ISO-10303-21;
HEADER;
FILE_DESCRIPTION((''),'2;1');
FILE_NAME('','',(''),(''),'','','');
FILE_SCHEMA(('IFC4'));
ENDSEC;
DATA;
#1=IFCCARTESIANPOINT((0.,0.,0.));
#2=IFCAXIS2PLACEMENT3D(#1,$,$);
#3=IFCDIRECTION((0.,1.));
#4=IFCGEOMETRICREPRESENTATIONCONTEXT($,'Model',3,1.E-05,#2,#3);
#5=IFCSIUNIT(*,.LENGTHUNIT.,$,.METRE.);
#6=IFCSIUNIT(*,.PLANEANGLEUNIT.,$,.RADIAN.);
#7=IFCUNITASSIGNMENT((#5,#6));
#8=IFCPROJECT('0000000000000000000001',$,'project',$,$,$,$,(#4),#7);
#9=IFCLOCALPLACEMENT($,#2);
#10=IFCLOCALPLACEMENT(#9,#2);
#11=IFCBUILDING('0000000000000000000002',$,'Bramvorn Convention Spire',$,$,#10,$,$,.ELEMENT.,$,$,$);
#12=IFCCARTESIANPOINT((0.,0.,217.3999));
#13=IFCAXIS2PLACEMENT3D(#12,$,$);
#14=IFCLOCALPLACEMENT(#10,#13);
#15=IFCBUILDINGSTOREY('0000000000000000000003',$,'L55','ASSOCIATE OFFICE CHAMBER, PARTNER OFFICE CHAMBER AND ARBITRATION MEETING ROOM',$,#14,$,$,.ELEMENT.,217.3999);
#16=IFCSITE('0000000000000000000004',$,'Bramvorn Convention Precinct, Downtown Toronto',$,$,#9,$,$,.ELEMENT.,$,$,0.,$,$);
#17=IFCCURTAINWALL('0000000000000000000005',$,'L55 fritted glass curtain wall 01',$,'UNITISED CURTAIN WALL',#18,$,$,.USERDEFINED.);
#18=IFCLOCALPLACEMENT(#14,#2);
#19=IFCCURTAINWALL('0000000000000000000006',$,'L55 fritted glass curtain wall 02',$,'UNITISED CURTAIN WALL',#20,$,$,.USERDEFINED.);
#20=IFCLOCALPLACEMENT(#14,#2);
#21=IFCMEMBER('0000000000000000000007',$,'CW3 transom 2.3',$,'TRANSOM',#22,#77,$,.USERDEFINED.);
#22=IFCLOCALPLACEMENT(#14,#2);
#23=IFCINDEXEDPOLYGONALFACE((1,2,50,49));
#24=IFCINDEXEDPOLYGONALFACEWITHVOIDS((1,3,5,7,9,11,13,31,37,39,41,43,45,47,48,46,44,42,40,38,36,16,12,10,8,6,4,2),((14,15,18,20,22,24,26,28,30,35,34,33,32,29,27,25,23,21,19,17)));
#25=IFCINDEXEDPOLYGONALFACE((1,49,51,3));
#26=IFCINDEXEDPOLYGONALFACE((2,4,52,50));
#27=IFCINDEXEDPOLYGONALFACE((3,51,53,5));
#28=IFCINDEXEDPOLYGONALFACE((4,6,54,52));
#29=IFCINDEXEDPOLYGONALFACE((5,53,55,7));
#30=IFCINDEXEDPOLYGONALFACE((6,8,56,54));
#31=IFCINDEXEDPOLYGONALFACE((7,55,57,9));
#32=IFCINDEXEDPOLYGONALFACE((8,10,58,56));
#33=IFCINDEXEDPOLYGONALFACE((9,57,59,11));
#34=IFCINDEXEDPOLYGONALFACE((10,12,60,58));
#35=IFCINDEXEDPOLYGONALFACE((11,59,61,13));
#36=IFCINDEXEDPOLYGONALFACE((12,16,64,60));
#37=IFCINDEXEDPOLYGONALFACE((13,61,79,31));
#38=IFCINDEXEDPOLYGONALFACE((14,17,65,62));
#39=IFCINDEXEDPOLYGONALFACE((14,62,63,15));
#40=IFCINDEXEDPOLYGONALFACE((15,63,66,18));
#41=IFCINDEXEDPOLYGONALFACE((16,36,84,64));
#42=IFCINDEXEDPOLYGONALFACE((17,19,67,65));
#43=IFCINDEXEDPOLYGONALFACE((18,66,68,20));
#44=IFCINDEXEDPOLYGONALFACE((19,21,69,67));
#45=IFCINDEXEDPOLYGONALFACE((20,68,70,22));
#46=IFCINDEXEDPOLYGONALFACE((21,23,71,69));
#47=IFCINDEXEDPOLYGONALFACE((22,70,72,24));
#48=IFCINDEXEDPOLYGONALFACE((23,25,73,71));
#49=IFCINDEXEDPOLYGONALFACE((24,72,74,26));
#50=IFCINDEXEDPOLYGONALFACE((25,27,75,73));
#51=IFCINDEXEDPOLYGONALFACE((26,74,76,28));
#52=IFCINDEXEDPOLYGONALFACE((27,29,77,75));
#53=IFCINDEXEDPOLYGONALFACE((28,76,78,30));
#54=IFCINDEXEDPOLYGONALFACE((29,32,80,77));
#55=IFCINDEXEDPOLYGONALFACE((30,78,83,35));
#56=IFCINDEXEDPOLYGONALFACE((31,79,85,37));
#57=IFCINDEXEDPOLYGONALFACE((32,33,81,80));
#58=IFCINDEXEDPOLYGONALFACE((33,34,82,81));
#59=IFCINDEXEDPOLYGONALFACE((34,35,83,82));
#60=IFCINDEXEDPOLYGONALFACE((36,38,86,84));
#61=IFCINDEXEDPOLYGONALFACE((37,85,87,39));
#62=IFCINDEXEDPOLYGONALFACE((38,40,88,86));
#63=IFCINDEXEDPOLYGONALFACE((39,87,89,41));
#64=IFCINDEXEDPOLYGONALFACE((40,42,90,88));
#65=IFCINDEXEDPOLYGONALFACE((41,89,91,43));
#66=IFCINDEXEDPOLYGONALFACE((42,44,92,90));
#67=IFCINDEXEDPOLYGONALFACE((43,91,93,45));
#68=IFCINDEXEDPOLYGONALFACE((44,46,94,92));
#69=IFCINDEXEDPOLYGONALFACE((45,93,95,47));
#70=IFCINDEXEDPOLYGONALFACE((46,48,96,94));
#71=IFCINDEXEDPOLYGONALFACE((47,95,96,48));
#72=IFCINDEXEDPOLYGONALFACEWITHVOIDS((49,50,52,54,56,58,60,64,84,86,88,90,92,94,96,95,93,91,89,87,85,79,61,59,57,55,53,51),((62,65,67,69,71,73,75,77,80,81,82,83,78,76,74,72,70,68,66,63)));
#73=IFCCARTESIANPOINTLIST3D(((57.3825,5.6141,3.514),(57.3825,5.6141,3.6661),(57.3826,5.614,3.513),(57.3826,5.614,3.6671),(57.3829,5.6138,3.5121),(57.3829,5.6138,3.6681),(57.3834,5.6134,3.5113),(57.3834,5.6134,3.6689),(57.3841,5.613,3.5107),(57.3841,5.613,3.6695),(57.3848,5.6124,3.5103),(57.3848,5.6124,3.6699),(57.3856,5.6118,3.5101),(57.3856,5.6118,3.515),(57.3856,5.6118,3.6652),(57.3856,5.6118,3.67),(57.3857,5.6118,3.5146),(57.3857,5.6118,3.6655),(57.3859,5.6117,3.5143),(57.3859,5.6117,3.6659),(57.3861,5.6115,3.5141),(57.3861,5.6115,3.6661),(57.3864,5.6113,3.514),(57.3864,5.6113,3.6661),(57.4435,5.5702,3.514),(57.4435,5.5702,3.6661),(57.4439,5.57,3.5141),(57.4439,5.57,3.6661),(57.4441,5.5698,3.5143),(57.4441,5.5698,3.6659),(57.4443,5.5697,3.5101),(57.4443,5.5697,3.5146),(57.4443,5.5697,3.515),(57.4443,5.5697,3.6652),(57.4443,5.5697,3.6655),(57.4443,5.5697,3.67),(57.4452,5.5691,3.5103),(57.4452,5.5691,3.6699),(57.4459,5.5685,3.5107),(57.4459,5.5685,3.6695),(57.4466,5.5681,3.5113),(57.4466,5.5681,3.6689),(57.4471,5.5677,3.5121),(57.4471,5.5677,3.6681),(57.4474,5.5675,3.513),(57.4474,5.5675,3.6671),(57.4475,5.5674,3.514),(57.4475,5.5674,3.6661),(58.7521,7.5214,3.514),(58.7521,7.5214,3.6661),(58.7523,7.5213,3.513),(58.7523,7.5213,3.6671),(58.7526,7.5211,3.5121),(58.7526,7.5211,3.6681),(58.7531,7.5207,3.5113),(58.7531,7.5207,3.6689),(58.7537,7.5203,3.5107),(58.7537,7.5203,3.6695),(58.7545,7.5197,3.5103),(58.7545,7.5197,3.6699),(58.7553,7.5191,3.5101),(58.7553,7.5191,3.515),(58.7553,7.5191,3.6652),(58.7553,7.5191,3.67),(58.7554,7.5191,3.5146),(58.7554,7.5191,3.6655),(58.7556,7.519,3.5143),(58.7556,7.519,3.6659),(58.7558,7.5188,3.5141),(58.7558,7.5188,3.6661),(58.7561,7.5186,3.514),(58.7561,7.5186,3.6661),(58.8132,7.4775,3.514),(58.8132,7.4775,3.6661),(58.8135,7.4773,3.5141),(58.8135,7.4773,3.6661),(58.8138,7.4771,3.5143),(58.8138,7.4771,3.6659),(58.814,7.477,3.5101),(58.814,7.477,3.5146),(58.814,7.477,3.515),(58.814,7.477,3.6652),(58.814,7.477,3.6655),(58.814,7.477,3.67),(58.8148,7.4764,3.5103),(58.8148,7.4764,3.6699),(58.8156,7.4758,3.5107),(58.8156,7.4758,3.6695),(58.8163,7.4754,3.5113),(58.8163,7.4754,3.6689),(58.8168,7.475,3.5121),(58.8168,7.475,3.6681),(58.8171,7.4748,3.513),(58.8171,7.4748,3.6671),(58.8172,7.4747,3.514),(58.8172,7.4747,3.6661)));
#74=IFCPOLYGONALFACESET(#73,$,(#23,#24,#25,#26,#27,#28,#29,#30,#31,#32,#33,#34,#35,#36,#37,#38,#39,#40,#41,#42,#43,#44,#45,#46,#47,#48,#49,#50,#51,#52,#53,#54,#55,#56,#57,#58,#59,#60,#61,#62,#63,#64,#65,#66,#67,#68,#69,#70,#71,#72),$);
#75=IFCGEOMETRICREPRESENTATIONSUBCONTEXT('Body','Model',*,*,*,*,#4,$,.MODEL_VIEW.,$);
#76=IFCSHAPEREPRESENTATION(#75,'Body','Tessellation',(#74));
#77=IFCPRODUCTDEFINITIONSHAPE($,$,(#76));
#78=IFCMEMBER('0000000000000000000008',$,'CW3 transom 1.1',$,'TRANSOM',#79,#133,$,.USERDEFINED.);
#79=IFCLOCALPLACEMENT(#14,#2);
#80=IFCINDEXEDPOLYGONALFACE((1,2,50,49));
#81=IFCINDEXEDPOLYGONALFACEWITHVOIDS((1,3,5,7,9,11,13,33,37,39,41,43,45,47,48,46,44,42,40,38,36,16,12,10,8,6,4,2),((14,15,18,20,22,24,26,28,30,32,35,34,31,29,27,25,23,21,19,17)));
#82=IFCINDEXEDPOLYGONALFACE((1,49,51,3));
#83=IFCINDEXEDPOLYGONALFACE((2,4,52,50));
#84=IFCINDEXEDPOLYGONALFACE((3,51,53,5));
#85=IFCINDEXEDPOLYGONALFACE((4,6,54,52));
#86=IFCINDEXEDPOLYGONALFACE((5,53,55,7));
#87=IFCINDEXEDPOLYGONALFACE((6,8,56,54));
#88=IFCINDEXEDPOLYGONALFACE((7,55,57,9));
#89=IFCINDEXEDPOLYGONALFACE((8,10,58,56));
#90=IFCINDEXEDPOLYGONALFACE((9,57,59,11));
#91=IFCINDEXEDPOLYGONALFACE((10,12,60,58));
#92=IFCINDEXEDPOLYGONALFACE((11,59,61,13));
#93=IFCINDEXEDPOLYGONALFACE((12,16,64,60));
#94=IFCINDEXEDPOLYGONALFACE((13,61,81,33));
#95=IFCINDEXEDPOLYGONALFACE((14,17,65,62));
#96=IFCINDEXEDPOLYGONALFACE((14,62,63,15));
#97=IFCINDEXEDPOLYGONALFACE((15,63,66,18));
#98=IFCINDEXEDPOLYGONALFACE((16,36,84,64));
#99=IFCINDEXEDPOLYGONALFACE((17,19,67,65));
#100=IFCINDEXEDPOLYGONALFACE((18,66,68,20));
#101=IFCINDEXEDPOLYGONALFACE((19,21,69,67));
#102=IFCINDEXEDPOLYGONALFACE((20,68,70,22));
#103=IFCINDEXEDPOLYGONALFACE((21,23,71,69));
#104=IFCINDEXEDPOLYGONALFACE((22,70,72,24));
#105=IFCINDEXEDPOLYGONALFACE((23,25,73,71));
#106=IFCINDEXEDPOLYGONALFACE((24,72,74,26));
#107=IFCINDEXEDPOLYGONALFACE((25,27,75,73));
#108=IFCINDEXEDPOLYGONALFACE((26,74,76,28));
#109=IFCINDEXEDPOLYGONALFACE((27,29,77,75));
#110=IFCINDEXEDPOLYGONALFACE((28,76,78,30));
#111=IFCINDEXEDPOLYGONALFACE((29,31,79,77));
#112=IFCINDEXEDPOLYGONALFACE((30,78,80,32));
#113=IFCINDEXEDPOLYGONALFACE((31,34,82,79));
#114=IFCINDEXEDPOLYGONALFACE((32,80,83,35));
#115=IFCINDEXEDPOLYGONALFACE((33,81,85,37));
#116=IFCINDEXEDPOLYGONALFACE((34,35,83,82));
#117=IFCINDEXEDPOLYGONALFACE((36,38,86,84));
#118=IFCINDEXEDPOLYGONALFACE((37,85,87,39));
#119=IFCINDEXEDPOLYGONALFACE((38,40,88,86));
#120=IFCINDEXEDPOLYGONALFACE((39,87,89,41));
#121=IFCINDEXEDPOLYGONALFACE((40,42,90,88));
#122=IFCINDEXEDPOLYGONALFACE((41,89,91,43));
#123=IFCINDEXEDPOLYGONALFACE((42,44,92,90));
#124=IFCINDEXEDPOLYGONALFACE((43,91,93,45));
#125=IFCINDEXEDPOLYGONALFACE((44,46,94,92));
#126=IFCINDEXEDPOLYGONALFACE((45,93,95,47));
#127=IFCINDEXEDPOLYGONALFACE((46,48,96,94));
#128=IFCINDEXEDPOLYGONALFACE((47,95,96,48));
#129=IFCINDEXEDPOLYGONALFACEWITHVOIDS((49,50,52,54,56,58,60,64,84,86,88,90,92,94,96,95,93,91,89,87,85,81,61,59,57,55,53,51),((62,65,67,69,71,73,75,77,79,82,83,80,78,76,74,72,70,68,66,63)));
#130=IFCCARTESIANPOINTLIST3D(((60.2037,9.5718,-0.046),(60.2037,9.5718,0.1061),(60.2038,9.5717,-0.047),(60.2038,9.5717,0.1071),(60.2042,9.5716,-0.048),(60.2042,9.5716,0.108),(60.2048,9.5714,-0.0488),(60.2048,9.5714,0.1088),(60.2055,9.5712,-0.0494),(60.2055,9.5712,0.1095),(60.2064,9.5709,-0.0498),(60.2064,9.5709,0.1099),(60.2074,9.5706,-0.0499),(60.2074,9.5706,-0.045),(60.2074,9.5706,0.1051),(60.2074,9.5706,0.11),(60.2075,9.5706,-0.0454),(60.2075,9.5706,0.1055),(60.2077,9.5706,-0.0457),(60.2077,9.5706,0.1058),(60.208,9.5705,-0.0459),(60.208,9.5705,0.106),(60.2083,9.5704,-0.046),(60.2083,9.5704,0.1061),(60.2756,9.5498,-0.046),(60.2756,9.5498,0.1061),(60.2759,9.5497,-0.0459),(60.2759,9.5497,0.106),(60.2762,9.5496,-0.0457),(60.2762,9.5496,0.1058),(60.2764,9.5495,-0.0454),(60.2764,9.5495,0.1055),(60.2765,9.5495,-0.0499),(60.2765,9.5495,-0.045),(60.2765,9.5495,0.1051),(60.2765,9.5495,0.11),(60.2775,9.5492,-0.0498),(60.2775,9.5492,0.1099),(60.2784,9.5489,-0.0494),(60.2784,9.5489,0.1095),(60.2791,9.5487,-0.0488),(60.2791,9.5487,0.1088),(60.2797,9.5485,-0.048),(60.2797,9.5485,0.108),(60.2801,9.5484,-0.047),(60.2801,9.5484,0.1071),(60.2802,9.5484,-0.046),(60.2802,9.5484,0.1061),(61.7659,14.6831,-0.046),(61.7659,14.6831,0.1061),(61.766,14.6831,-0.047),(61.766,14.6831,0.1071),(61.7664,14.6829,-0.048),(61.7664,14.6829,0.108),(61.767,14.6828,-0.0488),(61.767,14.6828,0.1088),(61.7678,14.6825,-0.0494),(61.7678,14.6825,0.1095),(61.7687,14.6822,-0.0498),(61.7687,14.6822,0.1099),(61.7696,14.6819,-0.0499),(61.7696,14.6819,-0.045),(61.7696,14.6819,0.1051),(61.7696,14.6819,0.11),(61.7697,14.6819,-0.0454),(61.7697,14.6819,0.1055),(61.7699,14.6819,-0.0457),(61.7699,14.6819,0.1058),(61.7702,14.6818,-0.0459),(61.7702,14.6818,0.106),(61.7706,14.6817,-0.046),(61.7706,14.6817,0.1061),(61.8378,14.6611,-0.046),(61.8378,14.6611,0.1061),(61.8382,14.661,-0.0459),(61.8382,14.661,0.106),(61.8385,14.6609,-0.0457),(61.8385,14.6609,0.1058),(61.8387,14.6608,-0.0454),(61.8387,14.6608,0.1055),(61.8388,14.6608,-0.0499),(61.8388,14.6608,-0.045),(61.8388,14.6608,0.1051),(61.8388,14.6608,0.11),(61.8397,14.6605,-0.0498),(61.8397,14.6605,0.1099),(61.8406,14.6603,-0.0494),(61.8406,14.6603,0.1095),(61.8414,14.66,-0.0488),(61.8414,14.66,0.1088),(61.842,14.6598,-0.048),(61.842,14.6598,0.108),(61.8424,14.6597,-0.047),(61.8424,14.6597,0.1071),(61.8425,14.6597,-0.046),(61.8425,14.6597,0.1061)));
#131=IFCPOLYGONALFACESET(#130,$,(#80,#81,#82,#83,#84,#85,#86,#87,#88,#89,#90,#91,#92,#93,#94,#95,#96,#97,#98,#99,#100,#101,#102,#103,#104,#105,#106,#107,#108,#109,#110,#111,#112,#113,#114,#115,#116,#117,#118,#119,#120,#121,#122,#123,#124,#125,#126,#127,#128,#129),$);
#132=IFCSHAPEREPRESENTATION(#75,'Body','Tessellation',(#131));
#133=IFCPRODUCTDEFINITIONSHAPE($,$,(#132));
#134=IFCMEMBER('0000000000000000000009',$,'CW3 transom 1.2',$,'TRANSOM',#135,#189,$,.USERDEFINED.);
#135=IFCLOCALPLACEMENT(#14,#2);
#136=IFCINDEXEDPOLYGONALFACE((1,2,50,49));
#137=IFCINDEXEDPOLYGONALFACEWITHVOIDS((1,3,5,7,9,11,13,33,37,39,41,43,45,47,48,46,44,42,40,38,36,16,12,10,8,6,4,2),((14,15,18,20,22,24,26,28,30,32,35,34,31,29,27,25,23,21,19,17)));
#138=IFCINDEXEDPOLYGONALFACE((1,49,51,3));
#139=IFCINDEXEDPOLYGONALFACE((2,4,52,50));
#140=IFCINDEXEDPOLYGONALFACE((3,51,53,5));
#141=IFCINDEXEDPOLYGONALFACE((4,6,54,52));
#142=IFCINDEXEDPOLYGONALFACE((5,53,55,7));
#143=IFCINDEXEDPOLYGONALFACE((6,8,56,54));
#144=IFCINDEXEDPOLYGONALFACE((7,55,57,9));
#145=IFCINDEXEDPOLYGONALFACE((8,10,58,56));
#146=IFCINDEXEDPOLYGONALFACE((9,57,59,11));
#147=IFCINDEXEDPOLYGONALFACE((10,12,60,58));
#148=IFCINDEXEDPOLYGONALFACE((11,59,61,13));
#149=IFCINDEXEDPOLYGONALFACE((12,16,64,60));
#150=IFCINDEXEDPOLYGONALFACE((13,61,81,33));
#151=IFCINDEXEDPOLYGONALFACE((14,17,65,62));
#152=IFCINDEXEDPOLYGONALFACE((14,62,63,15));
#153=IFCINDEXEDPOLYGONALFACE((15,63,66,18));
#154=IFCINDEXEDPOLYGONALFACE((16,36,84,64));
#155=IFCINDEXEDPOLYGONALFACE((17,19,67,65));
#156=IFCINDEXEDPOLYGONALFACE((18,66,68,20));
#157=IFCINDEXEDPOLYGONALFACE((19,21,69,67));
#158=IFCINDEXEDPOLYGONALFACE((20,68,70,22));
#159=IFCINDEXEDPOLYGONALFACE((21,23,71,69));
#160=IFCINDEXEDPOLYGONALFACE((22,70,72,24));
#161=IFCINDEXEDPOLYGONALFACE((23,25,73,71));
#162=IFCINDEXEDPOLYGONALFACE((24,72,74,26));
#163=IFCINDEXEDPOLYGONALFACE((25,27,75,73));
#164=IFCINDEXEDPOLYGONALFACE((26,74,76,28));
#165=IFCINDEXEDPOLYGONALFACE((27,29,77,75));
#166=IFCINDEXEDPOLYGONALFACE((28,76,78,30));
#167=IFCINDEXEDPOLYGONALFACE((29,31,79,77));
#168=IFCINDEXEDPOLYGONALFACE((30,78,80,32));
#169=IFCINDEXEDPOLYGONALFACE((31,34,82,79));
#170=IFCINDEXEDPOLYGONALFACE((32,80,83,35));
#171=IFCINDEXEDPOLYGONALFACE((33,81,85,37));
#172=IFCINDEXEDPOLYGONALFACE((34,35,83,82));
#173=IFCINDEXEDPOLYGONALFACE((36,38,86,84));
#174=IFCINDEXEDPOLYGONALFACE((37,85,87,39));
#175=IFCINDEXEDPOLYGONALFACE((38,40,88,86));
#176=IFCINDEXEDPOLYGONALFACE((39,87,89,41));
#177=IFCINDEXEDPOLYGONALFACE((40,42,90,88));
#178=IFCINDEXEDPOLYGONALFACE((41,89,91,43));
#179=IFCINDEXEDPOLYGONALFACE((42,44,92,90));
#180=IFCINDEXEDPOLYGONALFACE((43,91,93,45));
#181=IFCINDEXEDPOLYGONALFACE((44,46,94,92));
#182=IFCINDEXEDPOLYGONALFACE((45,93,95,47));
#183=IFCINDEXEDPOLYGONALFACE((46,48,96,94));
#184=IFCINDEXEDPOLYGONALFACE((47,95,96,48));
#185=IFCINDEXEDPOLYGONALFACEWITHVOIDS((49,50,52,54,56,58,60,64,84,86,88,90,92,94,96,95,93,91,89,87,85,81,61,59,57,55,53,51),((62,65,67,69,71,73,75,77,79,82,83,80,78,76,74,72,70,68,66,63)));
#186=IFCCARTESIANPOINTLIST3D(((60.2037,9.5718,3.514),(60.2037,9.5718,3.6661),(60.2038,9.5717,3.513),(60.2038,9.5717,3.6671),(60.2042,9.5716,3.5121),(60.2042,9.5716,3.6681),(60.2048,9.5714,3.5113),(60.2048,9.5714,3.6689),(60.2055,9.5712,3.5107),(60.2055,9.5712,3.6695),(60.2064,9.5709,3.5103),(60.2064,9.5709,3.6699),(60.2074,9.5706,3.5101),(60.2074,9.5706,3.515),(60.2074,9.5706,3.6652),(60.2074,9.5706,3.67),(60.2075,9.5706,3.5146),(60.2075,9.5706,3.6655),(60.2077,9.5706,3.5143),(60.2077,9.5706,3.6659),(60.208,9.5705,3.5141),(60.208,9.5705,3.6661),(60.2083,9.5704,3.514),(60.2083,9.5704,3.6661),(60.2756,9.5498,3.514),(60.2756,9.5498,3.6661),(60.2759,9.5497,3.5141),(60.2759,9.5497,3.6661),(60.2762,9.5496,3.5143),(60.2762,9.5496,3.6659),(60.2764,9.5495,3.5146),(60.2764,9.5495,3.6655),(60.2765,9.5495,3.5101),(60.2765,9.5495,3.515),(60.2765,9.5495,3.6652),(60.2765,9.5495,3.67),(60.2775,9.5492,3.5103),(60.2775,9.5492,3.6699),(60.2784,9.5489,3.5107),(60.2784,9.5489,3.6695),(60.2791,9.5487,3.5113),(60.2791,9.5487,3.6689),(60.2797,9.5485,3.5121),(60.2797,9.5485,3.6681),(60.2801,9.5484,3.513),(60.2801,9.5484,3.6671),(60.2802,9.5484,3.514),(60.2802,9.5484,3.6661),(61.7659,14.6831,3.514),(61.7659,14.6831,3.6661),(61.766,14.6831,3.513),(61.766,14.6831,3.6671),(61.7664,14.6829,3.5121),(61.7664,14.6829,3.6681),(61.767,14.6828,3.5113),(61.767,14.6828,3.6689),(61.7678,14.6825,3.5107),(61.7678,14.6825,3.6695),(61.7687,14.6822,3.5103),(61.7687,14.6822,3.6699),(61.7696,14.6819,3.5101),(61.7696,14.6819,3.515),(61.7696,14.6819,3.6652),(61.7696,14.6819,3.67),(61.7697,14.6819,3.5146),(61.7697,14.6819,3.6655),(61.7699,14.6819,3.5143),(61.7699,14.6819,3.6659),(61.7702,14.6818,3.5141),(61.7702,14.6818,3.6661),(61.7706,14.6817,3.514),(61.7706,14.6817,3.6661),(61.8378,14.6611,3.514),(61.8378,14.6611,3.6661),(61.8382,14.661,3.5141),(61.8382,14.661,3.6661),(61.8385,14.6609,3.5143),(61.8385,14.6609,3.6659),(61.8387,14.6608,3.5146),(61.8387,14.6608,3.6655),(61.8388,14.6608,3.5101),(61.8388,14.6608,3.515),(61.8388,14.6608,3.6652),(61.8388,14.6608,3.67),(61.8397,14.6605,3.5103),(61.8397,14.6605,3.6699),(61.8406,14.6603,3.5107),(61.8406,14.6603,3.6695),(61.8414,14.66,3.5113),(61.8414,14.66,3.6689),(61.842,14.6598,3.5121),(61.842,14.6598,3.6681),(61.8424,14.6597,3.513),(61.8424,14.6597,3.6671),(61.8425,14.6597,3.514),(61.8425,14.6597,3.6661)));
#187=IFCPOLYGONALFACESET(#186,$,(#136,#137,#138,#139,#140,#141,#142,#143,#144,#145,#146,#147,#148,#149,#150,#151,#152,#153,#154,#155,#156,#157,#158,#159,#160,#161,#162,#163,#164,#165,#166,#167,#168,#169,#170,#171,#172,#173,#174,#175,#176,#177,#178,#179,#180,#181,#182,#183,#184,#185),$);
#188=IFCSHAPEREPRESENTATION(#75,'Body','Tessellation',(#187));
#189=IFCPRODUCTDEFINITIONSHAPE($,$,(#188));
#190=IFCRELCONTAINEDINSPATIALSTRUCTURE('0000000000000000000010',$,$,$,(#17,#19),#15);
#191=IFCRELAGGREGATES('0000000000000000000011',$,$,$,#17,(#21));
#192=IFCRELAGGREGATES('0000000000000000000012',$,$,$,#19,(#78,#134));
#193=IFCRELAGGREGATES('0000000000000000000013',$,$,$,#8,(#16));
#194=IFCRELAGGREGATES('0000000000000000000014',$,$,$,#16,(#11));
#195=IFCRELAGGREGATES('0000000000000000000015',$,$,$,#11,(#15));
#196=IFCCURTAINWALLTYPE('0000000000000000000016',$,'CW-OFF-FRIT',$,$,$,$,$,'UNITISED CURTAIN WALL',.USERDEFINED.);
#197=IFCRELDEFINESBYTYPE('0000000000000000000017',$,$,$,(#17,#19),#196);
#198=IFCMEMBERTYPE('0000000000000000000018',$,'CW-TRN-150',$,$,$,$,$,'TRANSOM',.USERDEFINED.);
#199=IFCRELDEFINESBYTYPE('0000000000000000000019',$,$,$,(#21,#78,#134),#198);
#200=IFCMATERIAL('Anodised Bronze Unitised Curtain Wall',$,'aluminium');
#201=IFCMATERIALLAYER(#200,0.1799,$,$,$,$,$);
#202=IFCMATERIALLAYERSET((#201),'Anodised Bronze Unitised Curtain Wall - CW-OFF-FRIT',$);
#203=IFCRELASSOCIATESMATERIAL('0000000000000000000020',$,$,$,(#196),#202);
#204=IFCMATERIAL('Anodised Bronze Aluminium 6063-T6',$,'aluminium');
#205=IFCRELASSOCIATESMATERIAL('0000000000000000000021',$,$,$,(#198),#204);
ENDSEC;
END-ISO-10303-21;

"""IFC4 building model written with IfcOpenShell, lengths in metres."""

from ifc_helpers import new_model, si_unit, direction, frame, origin, origin_2d, place, context, subcontext, project, spatial, hollow_rectangle, extrude, material, layer, layer_set, material_profile, profile_set, type_object, element, aggregate, save


model = new_model("IFC4")

# Units and contexts
model_context = context("Model", 3, precision=1e-05, world=origin(), true_north=direction((0.0, 1.0)))
body_context = subcontext(model_context, "Body", "Model", "MODEL_VIEW")
ifc_project = project(units=[si_unit("LENGTHUNIT", "METRE"), si_unit("PLANEANGLEUNIT", "RADIAN")], contexts=[model_context])

# Site, building, storey
site_placement = place(None, origin())
site = spatial("IfcSite", under=ifc_project, at=site_placement, Name="Bramvorn Convention Precinct, Downtown Toronto", CompositionType="ELEMENT", RefElevation=0.0)
building_placement = place(site_placement, origin())
building = spatial("IfcBuilding", under=site, at=building_placement, Name="Bramvorn Convention Spire", CompositionType="ELEMENT")
storey_placement = place(building_placement, frame((0.0, 0.0, 217.3999)))
storey = spatial("IfcBuildingStorey", under=building, at=storey_placement, Name="L55", Description="ASSOCIATE OFFICE CHAMBER, PARTNER OFFICE CHAMBER AND ARBITRATION MEETING ROOM", CompositionType="ELEMENT", Elevation=217.3999)

# Curtain walls
ifc_material_1 = material(Name="Anodised Bronze Unitised Curtain Wall", Category="aluminium")
ifc_layer_1 = layer(ifc_material_1, 0.1799)
ifc_layer_set_1 = layer_set([ifc_layer_1], Name="Anodised Bronze Unitised Curtain Wall - CW-OFF-FRIT")
curtain_wall_type = type_object("IfcCurtainWallType", Name="CW-OFF-FRIT", ElementType="UNITISED CURTAIN WALL", PredefinedType="USERDEFINED", material=ifc_layer_set_1)
curtain_wall_1_placement = place(storey_placement, origin())
curtain_wall_1 = element("IfcCurtainWall", 1, at=curtain_wall_1_placement, inside=storey, type_object=curtain_wall_type, Name="L55 fritted glass curtain wall 01", ObjectType="UNITISED CURTAIN WALL", PredefinedType="USERDEFINED")
ifc_material_2 = material(Name="Anodised Bronze Aluminium 6063-T6", Category="aluminium")
curtain_wall_2_placement = place(storey_placement, origin())
curtain_wall_2 = element("IfcCurtainWall", 2, at=curtain_wall_2_placement, inside=storey, type_object=curtain_wall_type, Name="L55 fritted glass curtain wall 02", ObjectType="UNITISED CURTAIN WALL", PredefinedType="USERDEFINED")

# Members
ifc_material_profile_1 = material_profile(ifc_material_2, hollow_rectangle(XDim=0.0801, YDim=0.1599, WallThickness=0.0039, InnerFilletRadius=0.001, OuterFilletRadius=0.0039, at=origin_2d()))
ifc_profile_set_1 = profile_set([ifc_material_profile_1], Name="Anodised Bronze Aluminium 6063-T6 - CWT80X160")
member_type_1 = type_object("IfcMemberType", Name="CW-TRN-150", ElementType="TRANSOM", PredefinedType="USERDEFINED", material=ifc_profile_set_1)
member_1_placement = place(storey_placement, frame((58.7847, 7.498, 3.5901), z_axis=(-0.583302, -0.812256, 0.0), x_axis=(0.812256, -0.583302, 0.0)))
member_1 = element("IfcMember", 3, at=member_1_placement, type_object=member_type_1, Name="CW3 transom 2.3", ObjectType="TRANSOM", PredefinedType="USERDEFINED", context=body_context, shape_type="SweptSolid", body=[
    extrude(hollow_rectangle(XDim=0.0801, YDim=0.1599, WallThickness=0.0039, InnerFilletRadius=0.001, OuterFilletRadius=0.0039, at=origin_2d()), origin(), (0.0, 0.0, 1.0), 2.3481),
])
member_2_placement = place(storey_placement, frame((61.8042, 14.6714, 0.03), z_axis=(-0.292297, -0.956327, 0.0), x_axis=(0.956327, -0.292297, 0.0)))
member_2 = element("IfcMember", 4, at=member_2_placement, type_object=member_type_1, Name="CW3 transom 1.1", ObjectType="TRANSOM", PredefinedType="USERDEFINED", context=body_context, shape_type="SweptSolid", body=[
    extrude(hollow_rectangle(XDim=0.0801, YDim=0.1599, WallThickness=0.0039, InnerFilletRadius=0.001, OuterFilletRadius=0.0039, at=origin_2d()), origin(), (0.0, 0.0, 1.0), 5.3447),
])
member_3_placement = place(storey_placement, frame((61.8042, 14.6714, 3.5901), z_axis=(-0.292297, -0.956327, 0.0), x_axis=(0.956327, -0.292297, 0.0)))
member_3 = element("IfcMember", 5, at=member_3_placement, type_object=member_type_1, Name="CW3 transom 1.2", ObjectType="TRANSOM", PredefinedType="USERDEFINED", context=body_context, shape_type="SweptSolid", body=[
    extrude(hollow_rectangle(XDim=0.0801, YDim=0.1599, WallThickness=0.0039, InnerFilletRadius=0.001, OuterFilletRadius=0.0039, at=origin_2d()), origin(), (0.0, 0.0, 1.0), 5.3447),
])

aggregate(curtain_wall_1, [member_1])
aggregate(curtain_wall_2, [member_2, member_3])

save(model, "model.ifc")
